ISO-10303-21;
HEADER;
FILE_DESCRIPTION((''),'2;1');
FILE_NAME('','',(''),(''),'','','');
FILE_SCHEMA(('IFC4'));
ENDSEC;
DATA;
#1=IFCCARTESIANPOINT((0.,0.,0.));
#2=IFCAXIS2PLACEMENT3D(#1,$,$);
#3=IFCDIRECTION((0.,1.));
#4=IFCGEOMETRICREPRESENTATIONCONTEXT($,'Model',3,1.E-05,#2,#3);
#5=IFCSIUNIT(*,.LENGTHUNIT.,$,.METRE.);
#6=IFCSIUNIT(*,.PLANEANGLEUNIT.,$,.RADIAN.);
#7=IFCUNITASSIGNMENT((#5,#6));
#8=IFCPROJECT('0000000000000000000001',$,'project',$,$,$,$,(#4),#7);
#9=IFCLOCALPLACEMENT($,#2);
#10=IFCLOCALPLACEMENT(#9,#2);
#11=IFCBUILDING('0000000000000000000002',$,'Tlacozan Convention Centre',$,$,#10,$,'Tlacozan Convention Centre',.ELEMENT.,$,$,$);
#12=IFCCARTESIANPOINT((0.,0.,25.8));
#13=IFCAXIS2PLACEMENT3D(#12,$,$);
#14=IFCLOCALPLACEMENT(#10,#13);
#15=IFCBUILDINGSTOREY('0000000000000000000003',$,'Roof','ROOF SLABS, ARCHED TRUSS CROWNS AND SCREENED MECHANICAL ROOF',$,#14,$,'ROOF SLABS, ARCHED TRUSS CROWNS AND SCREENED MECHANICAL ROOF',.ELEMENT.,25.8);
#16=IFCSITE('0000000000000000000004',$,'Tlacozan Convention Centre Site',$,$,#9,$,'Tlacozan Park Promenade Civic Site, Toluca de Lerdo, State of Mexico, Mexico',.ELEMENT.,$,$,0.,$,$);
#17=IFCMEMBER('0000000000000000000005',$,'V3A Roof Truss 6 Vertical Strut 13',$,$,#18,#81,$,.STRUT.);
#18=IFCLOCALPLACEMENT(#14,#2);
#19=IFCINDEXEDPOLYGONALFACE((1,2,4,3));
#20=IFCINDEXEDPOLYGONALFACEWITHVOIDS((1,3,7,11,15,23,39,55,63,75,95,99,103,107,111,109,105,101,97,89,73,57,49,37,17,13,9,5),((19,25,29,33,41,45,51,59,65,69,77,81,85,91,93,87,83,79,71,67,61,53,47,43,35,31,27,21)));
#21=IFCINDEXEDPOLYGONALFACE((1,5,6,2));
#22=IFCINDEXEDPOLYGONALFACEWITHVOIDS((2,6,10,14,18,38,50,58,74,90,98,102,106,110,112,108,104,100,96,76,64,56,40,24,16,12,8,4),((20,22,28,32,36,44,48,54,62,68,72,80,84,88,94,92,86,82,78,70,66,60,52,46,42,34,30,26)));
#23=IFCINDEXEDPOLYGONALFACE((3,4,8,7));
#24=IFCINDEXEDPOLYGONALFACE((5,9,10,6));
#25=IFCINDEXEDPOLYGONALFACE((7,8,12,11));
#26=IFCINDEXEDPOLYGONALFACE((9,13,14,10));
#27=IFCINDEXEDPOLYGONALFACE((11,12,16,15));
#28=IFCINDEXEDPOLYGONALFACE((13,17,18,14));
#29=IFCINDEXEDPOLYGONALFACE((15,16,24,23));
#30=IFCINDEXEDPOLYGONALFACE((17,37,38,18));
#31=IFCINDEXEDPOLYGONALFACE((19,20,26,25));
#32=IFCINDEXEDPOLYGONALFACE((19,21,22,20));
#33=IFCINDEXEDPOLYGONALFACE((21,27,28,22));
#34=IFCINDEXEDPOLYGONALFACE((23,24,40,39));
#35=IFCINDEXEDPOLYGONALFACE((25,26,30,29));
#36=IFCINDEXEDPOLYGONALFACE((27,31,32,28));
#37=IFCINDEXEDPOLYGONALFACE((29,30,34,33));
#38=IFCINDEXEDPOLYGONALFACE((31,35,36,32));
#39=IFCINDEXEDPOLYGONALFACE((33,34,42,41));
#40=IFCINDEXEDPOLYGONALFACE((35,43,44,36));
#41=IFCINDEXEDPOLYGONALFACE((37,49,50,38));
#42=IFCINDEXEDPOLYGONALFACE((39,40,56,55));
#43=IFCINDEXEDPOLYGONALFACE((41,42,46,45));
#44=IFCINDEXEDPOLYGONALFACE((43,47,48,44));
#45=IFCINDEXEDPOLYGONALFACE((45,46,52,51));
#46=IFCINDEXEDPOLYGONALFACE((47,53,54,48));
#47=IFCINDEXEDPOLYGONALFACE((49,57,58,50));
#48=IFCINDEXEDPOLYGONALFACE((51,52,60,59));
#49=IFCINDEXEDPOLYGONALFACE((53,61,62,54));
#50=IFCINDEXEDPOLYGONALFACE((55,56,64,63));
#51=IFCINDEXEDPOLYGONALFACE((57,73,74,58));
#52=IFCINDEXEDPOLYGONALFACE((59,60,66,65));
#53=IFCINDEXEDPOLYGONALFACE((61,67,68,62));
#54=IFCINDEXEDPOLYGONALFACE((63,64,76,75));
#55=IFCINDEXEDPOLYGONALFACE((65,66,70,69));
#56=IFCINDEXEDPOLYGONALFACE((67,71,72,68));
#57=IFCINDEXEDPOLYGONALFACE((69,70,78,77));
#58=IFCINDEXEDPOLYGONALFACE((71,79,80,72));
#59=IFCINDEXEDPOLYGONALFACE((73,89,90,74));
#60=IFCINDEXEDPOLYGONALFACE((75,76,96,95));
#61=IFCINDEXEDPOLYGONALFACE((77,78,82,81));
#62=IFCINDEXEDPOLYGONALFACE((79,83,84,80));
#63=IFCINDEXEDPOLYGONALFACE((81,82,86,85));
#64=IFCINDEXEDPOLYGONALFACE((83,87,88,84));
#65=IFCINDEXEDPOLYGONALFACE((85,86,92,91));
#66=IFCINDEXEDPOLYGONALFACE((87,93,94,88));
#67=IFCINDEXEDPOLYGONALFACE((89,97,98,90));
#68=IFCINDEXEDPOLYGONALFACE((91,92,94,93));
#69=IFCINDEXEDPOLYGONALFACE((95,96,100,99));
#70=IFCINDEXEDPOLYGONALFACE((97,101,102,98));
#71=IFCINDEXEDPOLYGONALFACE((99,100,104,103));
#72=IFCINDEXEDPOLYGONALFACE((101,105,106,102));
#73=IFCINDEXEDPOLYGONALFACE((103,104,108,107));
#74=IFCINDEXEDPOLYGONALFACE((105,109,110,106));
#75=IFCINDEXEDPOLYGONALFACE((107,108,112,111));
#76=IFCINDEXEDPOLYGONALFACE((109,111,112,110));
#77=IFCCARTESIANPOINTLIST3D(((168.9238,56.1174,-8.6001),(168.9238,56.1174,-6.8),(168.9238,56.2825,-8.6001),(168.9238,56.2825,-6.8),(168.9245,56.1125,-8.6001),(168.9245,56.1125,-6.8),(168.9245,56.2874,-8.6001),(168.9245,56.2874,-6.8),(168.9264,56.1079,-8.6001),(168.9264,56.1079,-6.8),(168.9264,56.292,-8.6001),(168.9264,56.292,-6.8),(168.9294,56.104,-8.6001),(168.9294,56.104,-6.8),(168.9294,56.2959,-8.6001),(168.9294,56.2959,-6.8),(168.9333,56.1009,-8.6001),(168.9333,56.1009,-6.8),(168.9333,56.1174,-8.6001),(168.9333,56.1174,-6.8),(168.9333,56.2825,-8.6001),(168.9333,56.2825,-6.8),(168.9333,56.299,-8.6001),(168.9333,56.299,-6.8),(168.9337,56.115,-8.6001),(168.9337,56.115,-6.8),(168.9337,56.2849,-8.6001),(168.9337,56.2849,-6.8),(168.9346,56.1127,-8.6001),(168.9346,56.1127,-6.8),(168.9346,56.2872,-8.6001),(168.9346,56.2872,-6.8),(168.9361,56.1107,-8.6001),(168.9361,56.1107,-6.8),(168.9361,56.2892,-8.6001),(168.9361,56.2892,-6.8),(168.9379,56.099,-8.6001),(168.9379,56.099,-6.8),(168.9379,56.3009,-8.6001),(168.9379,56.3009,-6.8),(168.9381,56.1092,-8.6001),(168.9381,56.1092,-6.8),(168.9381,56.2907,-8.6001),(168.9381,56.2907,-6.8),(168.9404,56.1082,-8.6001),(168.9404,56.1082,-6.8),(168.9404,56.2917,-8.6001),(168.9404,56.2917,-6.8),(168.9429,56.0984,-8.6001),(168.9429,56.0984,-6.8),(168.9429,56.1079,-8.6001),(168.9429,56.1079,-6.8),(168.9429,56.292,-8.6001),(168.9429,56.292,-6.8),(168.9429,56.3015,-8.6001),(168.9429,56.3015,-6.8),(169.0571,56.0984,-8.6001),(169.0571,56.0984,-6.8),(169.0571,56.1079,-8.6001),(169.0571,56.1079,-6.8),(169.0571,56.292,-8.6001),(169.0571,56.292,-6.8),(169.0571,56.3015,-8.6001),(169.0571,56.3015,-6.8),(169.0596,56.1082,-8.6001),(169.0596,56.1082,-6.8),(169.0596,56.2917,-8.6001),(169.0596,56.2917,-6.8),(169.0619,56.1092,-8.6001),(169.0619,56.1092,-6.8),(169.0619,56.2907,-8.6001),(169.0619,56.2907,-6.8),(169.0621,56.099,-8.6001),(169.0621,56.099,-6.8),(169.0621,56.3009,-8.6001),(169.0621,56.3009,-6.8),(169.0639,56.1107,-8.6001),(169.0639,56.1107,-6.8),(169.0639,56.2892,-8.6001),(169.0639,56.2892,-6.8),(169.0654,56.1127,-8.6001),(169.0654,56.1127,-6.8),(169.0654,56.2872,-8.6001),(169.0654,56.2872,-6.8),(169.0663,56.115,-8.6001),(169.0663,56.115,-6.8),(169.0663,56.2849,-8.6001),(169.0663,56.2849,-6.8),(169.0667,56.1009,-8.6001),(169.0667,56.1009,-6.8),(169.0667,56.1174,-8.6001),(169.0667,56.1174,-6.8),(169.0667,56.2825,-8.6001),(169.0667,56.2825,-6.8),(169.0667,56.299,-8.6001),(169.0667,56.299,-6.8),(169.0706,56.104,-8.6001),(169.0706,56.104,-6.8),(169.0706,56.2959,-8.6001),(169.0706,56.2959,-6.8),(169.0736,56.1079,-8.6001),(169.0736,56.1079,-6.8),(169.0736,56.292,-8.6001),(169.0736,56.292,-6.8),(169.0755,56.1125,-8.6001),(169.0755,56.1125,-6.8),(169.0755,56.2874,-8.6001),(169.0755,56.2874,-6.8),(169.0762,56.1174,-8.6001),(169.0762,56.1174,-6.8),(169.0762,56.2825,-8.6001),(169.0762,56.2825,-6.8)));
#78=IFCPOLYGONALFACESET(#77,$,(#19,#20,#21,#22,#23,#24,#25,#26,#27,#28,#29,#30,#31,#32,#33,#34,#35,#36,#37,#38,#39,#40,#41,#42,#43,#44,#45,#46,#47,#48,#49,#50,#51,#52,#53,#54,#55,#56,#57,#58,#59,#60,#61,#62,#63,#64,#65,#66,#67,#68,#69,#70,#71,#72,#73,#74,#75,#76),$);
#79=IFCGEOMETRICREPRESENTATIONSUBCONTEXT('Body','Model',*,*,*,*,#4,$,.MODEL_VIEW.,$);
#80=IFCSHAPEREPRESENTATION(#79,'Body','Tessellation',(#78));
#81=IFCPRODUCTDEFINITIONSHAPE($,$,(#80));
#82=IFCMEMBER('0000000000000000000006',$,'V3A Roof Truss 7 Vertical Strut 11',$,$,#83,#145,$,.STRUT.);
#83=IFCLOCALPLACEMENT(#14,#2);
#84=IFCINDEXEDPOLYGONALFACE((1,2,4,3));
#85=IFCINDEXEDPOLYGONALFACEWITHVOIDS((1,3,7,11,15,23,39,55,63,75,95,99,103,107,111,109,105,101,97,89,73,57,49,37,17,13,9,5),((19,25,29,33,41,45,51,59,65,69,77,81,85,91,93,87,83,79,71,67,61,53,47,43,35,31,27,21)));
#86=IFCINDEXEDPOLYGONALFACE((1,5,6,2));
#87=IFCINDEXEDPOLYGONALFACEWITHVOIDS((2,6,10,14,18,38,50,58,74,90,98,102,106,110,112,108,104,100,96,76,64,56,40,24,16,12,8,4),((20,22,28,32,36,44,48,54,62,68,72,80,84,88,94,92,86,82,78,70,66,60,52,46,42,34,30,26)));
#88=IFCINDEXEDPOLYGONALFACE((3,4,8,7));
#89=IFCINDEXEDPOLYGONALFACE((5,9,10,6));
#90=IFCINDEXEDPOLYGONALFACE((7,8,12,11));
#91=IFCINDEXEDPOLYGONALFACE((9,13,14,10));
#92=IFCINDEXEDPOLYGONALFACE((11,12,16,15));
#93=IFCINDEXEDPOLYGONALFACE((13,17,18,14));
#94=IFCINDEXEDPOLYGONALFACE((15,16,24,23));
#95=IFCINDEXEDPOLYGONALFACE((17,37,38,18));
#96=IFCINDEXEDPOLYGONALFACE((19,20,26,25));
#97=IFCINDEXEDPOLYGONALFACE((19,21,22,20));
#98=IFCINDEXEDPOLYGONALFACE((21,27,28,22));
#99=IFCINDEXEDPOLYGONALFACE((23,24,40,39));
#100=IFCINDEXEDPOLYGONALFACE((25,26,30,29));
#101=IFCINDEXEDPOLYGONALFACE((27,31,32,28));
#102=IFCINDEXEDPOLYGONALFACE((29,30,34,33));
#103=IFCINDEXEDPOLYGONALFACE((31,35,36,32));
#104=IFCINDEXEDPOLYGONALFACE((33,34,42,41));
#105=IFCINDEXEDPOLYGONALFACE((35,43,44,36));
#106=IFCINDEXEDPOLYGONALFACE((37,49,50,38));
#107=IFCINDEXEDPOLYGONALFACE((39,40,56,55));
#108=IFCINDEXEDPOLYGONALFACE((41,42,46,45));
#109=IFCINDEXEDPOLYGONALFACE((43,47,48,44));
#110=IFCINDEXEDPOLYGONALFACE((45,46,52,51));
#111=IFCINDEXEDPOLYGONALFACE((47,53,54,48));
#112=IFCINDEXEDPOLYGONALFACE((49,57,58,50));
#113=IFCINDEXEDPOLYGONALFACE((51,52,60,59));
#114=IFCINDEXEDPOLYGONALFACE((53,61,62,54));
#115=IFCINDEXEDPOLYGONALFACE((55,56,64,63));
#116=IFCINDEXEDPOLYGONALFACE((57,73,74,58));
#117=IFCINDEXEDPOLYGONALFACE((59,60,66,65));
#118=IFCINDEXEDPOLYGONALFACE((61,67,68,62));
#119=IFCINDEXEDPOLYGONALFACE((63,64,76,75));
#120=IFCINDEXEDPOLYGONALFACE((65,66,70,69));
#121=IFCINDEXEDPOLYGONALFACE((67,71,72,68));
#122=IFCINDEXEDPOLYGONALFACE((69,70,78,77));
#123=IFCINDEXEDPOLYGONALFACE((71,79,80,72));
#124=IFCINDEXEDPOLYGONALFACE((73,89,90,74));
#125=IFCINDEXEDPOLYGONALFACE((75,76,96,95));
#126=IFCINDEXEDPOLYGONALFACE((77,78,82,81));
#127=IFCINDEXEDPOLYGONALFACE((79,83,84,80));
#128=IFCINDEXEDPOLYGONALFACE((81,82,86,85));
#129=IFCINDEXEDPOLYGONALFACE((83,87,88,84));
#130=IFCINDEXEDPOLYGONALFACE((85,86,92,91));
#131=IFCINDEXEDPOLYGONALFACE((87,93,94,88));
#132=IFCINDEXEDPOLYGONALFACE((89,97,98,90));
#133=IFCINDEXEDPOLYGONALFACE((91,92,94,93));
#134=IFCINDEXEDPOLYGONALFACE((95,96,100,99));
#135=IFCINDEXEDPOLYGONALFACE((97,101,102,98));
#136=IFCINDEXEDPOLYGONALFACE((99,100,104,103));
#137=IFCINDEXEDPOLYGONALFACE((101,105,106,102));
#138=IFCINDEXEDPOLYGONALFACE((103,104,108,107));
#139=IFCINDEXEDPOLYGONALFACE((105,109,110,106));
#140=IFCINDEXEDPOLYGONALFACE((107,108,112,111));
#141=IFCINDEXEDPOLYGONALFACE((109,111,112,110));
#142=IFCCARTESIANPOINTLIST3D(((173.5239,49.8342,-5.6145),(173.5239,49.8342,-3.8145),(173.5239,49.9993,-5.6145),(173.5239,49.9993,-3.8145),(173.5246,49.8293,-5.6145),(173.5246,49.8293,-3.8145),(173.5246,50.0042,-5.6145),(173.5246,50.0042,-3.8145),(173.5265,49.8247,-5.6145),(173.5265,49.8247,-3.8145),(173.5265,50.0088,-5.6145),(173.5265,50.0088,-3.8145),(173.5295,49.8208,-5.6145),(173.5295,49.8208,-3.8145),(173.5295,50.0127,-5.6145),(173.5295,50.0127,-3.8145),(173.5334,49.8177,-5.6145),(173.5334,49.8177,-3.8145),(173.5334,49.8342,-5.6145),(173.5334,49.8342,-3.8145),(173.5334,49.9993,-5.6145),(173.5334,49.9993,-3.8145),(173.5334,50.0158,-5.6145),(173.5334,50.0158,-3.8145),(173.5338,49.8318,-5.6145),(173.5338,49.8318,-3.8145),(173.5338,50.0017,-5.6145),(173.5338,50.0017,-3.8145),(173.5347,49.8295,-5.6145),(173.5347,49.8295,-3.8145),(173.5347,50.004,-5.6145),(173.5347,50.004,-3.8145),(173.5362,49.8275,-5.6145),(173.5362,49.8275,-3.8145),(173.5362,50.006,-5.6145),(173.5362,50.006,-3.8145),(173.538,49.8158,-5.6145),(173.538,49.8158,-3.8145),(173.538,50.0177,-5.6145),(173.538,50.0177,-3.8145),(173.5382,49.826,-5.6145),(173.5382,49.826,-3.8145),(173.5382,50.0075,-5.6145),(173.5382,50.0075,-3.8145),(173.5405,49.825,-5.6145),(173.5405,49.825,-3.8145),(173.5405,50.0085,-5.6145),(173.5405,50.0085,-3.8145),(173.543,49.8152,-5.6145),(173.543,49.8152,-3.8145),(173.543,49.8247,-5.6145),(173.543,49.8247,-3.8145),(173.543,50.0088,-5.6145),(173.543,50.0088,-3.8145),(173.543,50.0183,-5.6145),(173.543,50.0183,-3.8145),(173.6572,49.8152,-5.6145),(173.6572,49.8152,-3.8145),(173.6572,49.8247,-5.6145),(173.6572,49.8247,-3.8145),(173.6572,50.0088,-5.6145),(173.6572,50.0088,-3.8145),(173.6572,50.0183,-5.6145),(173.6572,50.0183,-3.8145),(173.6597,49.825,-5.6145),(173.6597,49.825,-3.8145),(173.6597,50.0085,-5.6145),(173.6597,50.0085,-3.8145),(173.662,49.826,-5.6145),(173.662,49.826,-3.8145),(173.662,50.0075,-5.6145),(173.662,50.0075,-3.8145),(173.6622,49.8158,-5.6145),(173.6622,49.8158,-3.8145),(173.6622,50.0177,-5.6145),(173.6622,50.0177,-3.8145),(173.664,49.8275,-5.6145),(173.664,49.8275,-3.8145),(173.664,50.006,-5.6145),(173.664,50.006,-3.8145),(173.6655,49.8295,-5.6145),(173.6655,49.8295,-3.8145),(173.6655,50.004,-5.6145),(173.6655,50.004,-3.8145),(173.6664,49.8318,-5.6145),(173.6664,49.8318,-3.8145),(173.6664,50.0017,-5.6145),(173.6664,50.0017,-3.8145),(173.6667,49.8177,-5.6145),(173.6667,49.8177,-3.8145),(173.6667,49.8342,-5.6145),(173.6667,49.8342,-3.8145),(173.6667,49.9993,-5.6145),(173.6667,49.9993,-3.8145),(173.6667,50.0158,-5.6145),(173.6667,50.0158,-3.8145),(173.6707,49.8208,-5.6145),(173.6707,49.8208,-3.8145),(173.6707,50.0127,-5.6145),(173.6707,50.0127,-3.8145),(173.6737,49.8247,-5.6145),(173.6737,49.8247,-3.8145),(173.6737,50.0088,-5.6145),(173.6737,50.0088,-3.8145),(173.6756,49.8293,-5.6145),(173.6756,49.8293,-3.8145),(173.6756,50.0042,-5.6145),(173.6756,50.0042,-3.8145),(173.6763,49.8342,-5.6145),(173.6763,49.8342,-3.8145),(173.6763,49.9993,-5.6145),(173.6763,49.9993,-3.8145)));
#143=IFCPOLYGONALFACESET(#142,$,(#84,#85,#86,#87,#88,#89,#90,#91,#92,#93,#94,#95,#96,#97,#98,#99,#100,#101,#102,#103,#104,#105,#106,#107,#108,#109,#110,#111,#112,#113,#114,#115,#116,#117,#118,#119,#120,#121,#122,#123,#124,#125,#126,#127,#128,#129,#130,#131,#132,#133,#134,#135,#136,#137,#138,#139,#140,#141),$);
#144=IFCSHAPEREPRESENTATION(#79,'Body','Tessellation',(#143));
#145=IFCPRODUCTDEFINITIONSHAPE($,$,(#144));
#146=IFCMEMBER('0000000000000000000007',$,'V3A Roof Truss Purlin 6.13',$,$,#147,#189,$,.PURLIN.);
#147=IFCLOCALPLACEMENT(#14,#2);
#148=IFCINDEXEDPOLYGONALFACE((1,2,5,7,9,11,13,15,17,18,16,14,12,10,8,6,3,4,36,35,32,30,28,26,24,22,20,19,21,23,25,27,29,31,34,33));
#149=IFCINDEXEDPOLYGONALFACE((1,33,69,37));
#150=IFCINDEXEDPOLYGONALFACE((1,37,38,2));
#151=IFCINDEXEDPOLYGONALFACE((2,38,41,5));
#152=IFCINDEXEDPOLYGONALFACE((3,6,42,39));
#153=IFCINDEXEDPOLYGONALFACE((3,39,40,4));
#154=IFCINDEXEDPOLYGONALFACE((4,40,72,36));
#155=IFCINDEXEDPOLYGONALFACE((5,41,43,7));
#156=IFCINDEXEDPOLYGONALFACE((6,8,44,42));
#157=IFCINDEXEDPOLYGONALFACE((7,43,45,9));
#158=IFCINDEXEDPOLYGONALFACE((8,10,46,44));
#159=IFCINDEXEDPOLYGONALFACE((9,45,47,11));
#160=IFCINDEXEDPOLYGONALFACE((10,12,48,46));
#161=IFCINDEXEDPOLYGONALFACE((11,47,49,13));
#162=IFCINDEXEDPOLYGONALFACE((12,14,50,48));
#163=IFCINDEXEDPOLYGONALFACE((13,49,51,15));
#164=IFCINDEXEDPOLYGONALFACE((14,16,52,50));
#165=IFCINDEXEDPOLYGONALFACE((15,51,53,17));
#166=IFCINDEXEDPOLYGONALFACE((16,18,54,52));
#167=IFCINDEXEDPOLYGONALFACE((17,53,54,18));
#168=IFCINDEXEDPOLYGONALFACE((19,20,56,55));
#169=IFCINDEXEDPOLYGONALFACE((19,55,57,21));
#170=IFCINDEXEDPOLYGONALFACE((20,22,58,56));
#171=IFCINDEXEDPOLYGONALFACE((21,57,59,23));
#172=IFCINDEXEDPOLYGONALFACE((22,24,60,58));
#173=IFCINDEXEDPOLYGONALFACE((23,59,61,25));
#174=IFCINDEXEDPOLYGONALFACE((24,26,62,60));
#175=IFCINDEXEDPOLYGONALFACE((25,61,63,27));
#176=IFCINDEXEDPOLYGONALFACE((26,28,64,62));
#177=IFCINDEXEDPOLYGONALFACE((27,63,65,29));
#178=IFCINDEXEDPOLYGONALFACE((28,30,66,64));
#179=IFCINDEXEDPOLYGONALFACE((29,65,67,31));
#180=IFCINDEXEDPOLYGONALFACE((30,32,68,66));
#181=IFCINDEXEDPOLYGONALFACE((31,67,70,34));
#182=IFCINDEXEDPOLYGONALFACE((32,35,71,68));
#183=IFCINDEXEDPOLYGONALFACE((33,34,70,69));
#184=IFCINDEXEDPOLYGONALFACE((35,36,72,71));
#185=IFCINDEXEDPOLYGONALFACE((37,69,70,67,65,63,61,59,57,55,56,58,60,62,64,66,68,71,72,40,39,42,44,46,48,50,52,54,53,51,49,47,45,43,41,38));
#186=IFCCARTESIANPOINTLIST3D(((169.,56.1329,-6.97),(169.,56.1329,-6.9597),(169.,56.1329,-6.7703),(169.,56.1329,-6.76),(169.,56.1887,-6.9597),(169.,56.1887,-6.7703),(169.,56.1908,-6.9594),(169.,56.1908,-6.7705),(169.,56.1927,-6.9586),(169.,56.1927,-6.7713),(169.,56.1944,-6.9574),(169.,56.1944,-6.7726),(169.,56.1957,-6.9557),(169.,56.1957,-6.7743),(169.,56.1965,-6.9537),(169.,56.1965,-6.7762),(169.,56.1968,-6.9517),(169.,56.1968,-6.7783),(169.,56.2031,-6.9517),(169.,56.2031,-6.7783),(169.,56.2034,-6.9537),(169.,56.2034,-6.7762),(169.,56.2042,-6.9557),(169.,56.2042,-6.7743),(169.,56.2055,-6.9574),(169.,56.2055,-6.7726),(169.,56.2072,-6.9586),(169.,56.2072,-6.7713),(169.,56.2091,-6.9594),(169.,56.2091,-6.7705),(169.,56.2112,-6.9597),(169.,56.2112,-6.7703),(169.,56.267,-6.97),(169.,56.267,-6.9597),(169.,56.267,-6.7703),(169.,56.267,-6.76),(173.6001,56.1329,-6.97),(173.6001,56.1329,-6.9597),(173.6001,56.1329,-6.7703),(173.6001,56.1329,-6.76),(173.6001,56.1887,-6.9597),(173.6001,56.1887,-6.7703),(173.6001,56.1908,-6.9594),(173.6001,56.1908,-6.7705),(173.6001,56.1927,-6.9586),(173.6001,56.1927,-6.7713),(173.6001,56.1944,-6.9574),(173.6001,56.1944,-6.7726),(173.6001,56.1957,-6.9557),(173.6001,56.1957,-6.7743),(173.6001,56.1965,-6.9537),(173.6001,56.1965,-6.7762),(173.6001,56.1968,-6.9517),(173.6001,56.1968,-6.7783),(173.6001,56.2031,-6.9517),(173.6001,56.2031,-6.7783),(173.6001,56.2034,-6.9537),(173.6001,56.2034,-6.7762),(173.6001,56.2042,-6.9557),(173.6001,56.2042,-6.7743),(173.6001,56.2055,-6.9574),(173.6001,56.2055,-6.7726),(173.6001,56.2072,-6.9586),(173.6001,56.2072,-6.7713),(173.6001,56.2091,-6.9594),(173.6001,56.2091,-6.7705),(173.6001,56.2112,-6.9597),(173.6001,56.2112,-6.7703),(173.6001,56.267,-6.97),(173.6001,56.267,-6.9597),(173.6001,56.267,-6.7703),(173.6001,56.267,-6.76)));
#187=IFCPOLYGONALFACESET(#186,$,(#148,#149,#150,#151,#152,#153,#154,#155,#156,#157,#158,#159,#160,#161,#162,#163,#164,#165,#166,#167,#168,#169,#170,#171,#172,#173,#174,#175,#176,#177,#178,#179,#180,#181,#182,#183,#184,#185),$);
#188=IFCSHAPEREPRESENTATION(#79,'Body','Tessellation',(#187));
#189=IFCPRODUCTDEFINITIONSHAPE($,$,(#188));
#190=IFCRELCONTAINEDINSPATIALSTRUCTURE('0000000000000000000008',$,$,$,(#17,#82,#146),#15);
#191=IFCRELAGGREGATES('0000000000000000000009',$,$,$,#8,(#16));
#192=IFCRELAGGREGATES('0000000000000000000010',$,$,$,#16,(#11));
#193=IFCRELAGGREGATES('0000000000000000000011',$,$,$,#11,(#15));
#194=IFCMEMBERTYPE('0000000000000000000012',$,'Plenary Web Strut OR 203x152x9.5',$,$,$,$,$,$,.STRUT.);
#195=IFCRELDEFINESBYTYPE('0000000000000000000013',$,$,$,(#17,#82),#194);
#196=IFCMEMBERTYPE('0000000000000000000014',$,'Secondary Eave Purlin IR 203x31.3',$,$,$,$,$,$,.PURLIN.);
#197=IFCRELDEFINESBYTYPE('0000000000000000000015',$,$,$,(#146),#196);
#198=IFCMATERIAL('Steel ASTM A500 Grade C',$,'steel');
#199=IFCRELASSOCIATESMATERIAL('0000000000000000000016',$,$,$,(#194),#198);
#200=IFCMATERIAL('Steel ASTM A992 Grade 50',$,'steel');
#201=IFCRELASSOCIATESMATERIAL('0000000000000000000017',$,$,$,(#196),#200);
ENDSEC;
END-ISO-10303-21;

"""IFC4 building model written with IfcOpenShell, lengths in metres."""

from ifc_helpers import new_model, si_unit, direction, frame, origin, origin_2d, place, context, subcontext, project, spatial, hollow_rectangle, i_section, extrude, material, material_profile, profile_set, type_object, element, save


model = new_model("IFC4")

# Units and contexts
model_context = context("Model", 3, precision=1e-05, world=origin(), true_north=direction((0.0, 1.0)))
body_context = subcontext(model_context, "Body", "Model", "MODEL_VIEW")
ifc_project = project(units=[si_unit("LENGTHUNIT", "METRE"), si_unit("PLANEANGLEUNIT", "RADIAN")], contexts=[model_context])

# Site, building, storey
site_placement = place(None, origin())
site = spatial("IfcSite", under=ifc_project, at=site_placement, Name="Tlacozan Convention Centre Site", LongName="Tlacozan Park Promenade Civic Site, Toluca de Lerdo, State of Mexico, Mexico", CompositionType="ELEMENT", RefElevation=0.0)
building_placement = place(site_placement, origin())
building = spatial("IfcBuilding", under=site, at=building_placement, Name="Tlacozan Convention Centre", LongName="Tlacozan Convention Centre", CompositionType="ELEMENT")
storey_placement = place(building_placement, frame((0.0, 0.0, 25.8)))
storey = spatial("IfcBuildingStorey", under=building, at=storey_placement, Name="Roof", Description="ROOF SLABS, ARCHED TRUSS CROWNS AND SCREENED MECHANICAL ROOF", LongName="ROOF SLABS, ARCHED TRUSS CROWNS AND SCREENED MECHANICAL ROOF", CompositionType="ELEMENT", Elevation=25.8)

# Members
ifc_material_1 = material(Name="Steel ASTM A992 Grade 50", Category="steel")
ifc_material_2 = material(Name="Steel ASTM A500 Grade C", Category="steel")
ifc_material_profile_1 = material_profile(ifc_material_2, hollow_rectangle(XDim=0.1523, YDim=0.2031, WallThickness=0.0095, InnerFilletRadius=0.0095, OuterFilletRadius=0.019, at=origin_2d()), Name="OR 203x152x9.5")
ifc_profile_set_1 = profile_set([ifc_material_profile_1], Name="Steel ASTM A500 Grade C")
member_type_1 = type_object("IfcMemberType", Name="Plenary Web Strut OR 203x152x9.5", PredefinedType="STRUT", material=ifc_profile_set_1)
for number, where, z_axis, x_axis, name in (
    (1, (169.0, 56.2, -8.6001), (0.0, 0.0, 1.0), (1.0, 0.0, 0.0), "V3A Roof Truss 6 Vertical Strut 13"),
    (2, (173.6001, 49.9167, -5.6145), (0.0, 0.0, 1.0), (1.0, 0.0, 0.0), "V3A Roof Truss 7 Vertical Strut 11"),
):
    element("IfcMember", number, at=place(storey_placement, frame(where, z_axis=z_axis, x_axis=x_axis)), inside=storey, type_object=member_type_1, Name=name, PredefinedType="STRUT", context=body_context, shape_type="SweptSolid", body=[
        extrude(hollow_rectangle(XDim=0.1523, YDim=0.2031, WallThickness=0.0095, InnerFilletRadius=0.0095, OuterFilletRadius=0.019, at=origin_2d()), origin(), (0.0, 0.0, 1.0), 1.8),
    ])
ifc_material_profile_2 = material_profile(ifc_material_1, i_section(OverallWidth=0.134, OverallDepth=0.21, WebThickness=0.0063, FlangeThickness=0.0103, FilletRadius=0.0081, at=origin_2d()), Name="IR 203x31.3")
ifc_profile_set_2 = profile_set([ifc_material_profile_2], Name="Steel ASTM A992 Grade 50")
member_type_2 = type_object("IfcMemberType", Name="Secondary Eave Purlin IR 203x31.3", PredefinedType="PURLIN", material=ifc_profile_set_2)
member_1_placement = place(storey_placement, frame((169.0, 56.2, -6.865), z_axis=(1.0, 0.0, 0.0), x_axis=(0.0, 1.0, 0.0)))
element("IfcMember", 3, at=member_1_placement, inside=storey, type_object=member_type_2, Name="V3A Roof Truss Purlin 6.13", PredefinedType="PURLIN", context=body_context, shape_type="SweptSolid", body=[
    extrude(i_section(OverallWidth=0.134, OverallDepth=0.21, WebThickness=0.0063, FlangeThickness=0.0103, FilletRadius=0.0081, at=origin_2d()), origin(), (0.0, 0.0, 1.0), 4.6001),
])

save(model, "model.ifc")
